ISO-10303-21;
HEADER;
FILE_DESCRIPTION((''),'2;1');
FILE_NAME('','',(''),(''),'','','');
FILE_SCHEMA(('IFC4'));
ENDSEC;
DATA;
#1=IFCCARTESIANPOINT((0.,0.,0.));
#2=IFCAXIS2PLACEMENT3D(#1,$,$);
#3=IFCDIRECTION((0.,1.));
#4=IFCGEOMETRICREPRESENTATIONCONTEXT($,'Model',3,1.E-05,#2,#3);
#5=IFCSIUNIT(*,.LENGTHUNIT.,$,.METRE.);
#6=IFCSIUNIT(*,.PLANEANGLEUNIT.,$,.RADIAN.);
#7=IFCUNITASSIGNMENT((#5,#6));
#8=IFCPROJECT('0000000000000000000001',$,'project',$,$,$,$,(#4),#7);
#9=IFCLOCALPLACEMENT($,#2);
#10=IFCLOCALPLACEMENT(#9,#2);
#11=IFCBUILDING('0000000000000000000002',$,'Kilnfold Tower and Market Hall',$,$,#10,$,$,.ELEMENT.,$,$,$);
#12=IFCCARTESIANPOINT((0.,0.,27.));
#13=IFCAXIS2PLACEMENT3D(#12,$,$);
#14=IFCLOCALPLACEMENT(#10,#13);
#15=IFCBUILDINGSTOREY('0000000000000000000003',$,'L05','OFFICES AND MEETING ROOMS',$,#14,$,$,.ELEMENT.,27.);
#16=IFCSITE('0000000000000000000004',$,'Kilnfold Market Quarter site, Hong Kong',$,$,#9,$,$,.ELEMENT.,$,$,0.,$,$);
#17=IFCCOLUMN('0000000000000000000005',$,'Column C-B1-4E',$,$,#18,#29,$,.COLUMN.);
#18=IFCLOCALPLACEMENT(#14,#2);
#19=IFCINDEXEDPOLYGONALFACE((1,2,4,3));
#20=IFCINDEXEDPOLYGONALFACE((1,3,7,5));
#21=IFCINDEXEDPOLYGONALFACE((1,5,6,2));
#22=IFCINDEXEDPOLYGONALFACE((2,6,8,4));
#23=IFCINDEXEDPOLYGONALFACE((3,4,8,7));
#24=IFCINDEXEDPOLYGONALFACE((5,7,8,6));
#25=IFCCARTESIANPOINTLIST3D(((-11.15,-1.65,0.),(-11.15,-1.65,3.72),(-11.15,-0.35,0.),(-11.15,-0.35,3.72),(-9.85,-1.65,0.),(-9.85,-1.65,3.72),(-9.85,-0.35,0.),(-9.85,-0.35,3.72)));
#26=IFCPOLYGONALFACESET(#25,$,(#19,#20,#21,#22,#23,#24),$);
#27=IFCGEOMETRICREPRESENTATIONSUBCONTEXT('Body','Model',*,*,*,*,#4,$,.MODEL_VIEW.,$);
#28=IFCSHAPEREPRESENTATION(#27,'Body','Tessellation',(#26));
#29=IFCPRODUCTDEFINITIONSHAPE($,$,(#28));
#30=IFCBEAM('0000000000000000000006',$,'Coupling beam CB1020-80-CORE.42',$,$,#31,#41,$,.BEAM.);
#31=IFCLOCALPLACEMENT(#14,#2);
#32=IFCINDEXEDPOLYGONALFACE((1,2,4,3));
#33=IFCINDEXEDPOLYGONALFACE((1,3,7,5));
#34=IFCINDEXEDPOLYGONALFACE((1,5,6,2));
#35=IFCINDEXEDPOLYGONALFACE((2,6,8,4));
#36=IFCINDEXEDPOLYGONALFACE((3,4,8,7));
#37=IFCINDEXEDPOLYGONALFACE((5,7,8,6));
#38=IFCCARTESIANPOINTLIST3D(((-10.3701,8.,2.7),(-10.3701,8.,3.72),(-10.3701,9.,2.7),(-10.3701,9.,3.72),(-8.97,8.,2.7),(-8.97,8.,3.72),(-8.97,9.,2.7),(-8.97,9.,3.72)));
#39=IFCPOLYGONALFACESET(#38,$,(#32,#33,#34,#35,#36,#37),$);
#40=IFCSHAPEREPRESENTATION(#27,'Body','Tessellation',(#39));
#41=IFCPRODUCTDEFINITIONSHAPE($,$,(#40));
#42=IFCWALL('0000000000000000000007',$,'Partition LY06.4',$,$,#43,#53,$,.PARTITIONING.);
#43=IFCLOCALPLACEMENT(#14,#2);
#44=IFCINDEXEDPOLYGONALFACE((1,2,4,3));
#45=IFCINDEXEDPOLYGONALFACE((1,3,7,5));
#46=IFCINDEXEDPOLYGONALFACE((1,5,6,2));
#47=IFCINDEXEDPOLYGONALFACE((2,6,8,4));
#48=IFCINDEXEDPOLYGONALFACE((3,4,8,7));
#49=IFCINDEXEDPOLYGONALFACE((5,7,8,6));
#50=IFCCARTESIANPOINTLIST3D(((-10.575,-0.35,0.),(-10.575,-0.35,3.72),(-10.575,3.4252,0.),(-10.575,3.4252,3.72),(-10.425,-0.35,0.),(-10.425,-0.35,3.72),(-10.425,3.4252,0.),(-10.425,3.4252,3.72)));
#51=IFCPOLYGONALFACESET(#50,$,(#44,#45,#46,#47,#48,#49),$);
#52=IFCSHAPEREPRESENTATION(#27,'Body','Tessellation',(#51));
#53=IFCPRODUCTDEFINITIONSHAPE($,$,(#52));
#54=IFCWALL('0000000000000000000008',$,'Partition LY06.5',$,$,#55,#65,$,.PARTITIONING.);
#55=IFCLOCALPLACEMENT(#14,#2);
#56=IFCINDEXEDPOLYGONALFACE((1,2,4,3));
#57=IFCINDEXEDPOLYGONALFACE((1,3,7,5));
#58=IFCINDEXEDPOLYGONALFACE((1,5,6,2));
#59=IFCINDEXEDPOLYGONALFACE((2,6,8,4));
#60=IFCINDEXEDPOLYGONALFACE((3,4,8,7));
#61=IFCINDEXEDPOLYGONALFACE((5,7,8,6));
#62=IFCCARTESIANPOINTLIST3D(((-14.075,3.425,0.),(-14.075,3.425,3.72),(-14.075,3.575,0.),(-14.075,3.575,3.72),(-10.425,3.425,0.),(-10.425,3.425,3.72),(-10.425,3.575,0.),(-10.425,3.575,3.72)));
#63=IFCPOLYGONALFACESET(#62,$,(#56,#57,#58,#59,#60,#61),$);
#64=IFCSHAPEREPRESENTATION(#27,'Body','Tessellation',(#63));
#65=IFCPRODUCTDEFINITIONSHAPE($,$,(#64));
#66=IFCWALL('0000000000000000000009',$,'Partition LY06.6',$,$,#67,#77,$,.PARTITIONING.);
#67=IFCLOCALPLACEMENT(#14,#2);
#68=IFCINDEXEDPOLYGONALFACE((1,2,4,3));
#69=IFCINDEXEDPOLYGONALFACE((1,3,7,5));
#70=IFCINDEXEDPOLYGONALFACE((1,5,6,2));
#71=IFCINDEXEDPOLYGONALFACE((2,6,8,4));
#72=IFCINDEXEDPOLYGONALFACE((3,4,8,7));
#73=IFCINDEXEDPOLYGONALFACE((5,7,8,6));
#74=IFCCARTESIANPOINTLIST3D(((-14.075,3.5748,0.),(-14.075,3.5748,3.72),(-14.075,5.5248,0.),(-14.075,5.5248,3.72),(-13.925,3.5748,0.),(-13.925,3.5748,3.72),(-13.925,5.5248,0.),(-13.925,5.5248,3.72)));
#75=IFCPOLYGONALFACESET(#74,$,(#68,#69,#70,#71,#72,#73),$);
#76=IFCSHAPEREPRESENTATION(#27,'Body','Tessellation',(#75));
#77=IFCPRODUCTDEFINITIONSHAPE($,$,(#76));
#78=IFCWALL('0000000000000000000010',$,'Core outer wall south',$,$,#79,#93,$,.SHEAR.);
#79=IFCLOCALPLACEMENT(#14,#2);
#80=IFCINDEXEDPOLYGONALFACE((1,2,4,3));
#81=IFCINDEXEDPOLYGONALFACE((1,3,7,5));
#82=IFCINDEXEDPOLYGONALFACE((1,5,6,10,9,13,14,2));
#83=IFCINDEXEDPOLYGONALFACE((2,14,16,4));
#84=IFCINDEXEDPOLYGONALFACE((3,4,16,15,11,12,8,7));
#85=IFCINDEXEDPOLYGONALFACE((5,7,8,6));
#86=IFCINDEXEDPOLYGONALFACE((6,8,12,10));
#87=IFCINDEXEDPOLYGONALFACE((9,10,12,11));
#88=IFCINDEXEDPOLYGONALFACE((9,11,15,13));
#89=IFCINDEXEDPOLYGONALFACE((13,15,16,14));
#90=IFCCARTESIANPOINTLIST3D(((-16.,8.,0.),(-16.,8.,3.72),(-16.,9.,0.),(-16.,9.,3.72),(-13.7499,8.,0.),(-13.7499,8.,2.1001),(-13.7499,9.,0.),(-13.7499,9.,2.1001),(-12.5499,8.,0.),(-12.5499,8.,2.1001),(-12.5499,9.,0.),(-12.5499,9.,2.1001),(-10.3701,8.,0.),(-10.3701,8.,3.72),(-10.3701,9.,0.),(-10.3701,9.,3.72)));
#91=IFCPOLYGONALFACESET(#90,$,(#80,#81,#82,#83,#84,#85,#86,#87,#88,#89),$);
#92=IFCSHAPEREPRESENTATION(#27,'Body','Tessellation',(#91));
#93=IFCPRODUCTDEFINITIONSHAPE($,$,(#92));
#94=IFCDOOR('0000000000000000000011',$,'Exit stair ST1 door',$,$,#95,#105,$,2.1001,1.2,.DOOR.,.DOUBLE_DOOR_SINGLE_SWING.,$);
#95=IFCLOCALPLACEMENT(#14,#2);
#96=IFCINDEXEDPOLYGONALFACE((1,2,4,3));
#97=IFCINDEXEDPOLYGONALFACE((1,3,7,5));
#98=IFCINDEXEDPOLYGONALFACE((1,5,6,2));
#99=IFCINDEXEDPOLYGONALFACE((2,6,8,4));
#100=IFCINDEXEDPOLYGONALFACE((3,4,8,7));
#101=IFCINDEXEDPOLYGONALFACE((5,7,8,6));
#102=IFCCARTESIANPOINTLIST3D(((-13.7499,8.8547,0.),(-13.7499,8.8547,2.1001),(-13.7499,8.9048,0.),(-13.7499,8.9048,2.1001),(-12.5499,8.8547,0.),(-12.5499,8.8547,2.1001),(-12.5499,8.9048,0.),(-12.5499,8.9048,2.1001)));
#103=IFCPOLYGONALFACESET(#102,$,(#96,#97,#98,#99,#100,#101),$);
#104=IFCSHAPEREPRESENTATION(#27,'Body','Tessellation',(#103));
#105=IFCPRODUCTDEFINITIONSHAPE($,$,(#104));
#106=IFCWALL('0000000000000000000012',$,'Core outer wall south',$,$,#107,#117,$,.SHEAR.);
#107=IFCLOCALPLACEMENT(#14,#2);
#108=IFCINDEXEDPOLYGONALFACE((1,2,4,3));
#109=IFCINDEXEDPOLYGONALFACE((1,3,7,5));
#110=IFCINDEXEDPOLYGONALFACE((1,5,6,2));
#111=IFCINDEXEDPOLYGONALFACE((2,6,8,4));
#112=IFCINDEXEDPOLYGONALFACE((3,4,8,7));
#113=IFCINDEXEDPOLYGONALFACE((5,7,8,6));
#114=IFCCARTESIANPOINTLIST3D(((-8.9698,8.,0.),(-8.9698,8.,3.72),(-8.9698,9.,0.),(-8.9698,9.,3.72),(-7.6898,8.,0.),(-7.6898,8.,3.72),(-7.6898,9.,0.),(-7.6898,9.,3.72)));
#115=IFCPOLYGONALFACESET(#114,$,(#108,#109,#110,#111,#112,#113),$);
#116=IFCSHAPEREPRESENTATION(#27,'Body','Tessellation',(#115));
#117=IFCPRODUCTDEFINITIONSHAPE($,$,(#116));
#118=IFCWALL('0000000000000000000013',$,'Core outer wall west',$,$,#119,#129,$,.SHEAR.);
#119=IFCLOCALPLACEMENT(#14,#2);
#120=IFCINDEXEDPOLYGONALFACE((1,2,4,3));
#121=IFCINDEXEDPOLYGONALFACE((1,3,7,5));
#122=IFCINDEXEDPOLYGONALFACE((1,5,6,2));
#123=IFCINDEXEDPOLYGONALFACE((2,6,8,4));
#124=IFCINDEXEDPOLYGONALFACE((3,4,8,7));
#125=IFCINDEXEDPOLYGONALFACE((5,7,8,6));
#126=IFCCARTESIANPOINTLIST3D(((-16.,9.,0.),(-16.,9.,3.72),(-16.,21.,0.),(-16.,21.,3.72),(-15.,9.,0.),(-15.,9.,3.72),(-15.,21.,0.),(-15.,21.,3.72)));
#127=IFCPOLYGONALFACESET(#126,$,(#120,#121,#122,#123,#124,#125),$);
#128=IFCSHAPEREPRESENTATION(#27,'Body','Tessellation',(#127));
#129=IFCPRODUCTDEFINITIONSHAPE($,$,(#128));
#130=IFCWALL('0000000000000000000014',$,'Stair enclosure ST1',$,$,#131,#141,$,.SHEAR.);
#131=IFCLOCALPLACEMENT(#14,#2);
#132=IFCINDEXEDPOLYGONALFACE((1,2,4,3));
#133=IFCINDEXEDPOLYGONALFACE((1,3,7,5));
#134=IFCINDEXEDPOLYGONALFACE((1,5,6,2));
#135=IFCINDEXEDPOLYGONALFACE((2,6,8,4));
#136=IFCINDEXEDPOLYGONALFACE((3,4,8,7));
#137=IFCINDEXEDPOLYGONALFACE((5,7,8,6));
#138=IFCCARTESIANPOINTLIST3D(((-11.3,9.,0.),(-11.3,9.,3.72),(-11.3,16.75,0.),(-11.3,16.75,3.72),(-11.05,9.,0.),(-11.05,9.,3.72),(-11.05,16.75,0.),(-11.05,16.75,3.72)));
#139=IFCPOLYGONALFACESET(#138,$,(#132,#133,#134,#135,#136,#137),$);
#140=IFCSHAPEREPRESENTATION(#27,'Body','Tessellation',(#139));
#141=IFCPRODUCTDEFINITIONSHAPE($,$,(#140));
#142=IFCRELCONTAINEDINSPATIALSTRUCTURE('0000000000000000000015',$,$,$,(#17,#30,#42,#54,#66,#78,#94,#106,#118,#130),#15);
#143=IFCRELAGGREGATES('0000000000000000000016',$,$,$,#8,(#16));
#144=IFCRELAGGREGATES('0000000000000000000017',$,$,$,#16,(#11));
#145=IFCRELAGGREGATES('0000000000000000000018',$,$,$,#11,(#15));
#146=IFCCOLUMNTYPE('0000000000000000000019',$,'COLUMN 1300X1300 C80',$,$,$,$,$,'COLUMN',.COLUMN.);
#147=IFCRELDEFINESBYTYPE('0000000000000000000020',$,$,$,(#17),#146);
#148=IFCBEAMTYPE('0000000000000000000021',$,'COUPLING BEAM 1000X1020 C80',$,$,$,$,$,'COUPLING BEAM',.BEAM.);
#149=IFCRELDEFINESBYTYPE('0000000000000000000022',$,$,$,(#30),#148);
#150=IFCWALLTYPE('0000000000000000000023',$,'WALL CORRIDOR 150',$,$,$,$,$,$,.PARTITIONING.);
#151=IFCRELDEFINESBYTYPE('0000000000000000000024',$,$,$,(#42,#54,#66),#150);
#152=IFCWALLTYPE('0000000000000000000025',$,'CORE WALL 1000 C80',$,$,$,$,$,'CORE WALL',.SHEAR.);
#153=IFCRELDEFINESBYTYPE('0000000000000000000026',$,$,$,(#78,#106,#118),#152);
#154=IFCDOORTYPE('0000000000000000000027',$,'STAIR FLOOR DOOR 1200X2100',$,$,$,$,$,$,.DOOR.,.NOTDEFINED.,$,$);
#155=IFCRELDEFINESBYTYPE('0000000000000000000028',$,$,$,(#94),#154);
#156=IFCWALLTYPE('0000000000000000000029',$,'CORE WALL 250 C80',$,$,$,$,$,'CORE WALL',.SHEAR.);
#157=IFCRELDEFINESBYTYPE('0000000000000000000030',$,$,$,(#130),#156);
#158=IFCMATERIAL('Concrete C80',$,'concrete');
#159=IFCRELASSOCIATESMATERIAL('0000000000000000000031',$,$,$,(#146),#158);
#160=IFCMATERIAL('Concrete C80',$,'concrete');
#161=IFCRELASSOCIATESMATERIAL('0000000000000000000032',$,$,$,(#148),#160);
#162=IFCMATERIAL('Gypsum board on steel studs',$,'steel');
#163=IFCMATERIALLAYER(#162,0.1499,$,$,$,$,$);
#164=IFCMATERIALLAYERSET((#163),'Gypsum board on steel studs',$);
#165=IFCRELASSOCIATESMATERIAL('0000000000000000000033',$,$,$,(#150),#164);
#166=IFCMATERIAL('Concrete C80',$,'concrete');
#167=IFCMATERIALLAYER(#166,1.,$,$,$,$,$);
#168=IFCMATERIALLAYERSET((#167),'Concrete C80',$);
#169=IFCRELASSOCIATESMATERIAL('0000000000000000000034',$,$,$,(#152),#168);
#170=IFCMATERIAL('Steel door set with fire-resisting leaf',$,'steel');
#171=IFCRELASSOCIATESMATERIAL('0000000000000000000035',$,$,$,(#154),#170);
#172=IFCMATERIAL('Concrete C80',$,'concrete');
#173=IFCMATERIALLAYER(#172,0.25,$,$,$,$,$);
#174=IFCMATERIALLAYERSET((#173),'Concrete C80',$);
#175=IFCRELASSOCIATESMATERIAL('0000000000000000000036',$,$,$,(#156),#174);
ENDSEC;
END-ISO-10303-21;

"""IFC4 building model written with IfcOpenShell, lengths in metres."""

from ifc_helpers import new_model, si_unit, direction, frame, frame_2d, origin, origin_2d, place, context, subcontext, project, spatial, rectangle, extrude, source, transform, mapped, material, layer, layer_set, material_profile, profile_set, type_object, element, fill, save


model = new_model("IFC4")

# Units and contexts
model_context = context("Model", 3, precision=1e-05, world=origin(), true_north=direction((0.0, 1.0)))
body_context = subcontext(model_context, "Body", "Model", "MODEL_VIEW")
ifc_project = project(units=[si_unit("LENGTHUNIT", "METRE"), si_unit("PLANEANGLEUNIT", "RADIAN")], contexts=[model_context])

# Site, building, storey
site_placement = place(None, origin())
site = spatial("IfcSite", under=ifc_project, at=site_placement, Name="Kilnfold Market Quarter site, Hong Kong", CompositionType="ELEMENT", RefElevation=0.0)
building_placement = place(site_placement, origin())
building = spatial("IfcBuilding", under=site, at=building_placement, Name="Kilnfold Tower and Market Hall", CompositionType="ELEMENT")
storey_placement = place(building_placement, frame((0.0, 0.0, 27.0)))
storey = spatial("IfcBuildingStorey", under=building, at=storey_placement, Name="L05", Description="OFFICES AND MEETING ROOMS", CompositionType="ELEMENT", Elevation=27.0)

# Column
ifc_material_1 = material(Name="Concrete C80", Category="concrete")
ifc_material_profile_1 = material_profile(ifc_material_1, rectangle(XDim=1.3, YDim=1.3, at=origin_2d()), Name="RC 1300x1300")
ifc_profile_set_1 = profile_set([ifc_material_profile_1], Name="Concrete C80")
column_type = type_object("IfcColumnType", Name="COLUMN 1300X1300 C80", ElementType="COLUMN", PredefinedType="COLUMN", material=ifc_profile_set_1)
shared_shape_1 = source(origin(), body_context, "Body", "SweptSolid", [
    extrude(rectangle(XDim=1.3, YDim=1.3, at=origin_2d()), origin(), (0.0, 0.0, 1.0), 3.72),
])
column_placement = place(storey_placement, frame((-10.5, -1.0, 0.0), z_axis=(0.0, 0.0, 1.0), x_axis=(1.0, 0.0, 0.0)))
element("IfcColumn", 1, at=column_placement, inside=storey, type_object=column_type, Name="Column C-B1-4E", PredefinedType="COLUMN", context=body_context, shape_type="MappedRepresentation", body=[
    mapped(shared_shape_1, transform((0.0, 0.0, 0.0))),
])

# Beam
ifc_material_2 = material(Name="Concrete C80", Category="concrete")
ifc_material_profile_2 = material_profile(ifc_material_2, rectangle(XDim=1.0, YDim=1.02, at=origin_2d()), Name="RC 1000x1020")
ifc_profile_set_2 = profile_set([ifc_material_profile_2], Name="Concrete C80")
beam_type = type_object("IfcBeamType", Name="COUPLING BEAM 1000X1020 C80", ElementType="COUPLING BEAM", PredefinedType="BEAM", material=ifc_profile_set_2)
shared_shape_2 = source(origin(), body_context, "Body", "SweptSolid", [
    extrude(rectangle(XDim=1.0, YDim=1.02, at=origin_2d()), origin(), (0.0, 0.0, 1.0), 1.4001),
])
beam_placement = place(storey_placement, frame((-10.3701, 8.5, 3.21), z_axis=(1.0, 0.0, 0.0), x_axis=(0.0, 1.0, 0.0)))
element("IfcBeam", 2, at=beam_placement, inside=storey, type_object=beam_type, Name="Coupling beam CB1020-80-CORE.42", PredefinedType="BEAM", context=body_context, shape_type="MappedRepresentation", body=[
    mapped(shared_shape_2, transform((0.0, 0.0, 0.0))),
])

# Walls
ifc_material_3 = material(Name="Gypsum board on steel studs", Category="steel")
ifc_layer_1 = layer(ifc_material_3, 0.1499)
ifc_layer_set_1 = layer_set([ifc_layer_1], Name="Gypsum board on steel studs")
wall_type_1 = type_object("IfcWallType", Name="WALL CORRIDOR 150", PredefinedType="PARTITIONING", material=ifc_layer_set_1)
wall_1_placement = place(storey_placement, frame((-10.5, -0.3501, 0.0), z_axis=(0.0, 0.0, 1.0), x_axis=(0.0, 1.0, 0.0)))
element("IfcWall", 3, at=wall_1_placement, inside=storey, type_object=wall_type_1, Name="Partition LY06.4", PredefinedType="PARTITIONING", context=body_context, shape_type="SweptSolid", body=[
    extrude(rectangle(XDim=3.7751, YDim=0.1499, at=frame_2d((1.8877, 0.0))), origin(), (0.0, 0.0, 1.0), 3.72),
])
wall_2_placement = place(storey_placement, frame((-14.075, 3.5, 0.0), z_axis=(0.0, 0.0, 1.0), x_axis=(1.0, 0.0, 0.0)))
element("IfcWall", 4, at=wall_2_placement, inside=storey, type_object=wall_type_1, Name="Partition LY06.5", PredefinedType="PARTITIONING", context=body_context, shape_type="SweptSolid", body=[
    extrude(rectangle(XDim=3.6499, YDim=0.1499, at=frame_2d((1.825, 0.0))), origin(), (0.0, 0.0, 1.0), 3.72),
])
wall_3_placement = place(storey_placement, frame((-14.0, 5.5249, 0.0), z_axis=(0.0, 0.0, 1.0), x_axis=(0.0, -1.0, 0.0)))
element("IfcWall", 5, at=wall_3_placement, inside=storey, type_object=wall_type_1, Name="Partition LY06.6", PredefinedType="PARTITIONING", context=body_context, shape_type="SweptSolid", body=[
    extrude(rectangle(XDim=1.95, YDim=0.1499, at=frame_2d((0.9751, 0.0))), origin(), (0.0, 0.0, 1.0), 3.72),
])

# Wall, opening, door
ifc_material_4 = material(Name="Concrete C80", Category="concrete")
ifc_layer_2 = layer(ifc_material_4, 1.0)
ifc_layer_set_2 = layer_set([ifc_layer_2], Name="Concrete C80")
wall_type_2 = type_object("IfcWallType", Name="CORE WALL 1000 C80", ElementType="CORE WALL", PredefinedType="SHEAR", material=ifc_layer_set_2)
shared_shape_3 = source(origin(), body_context, "Body", "SweptSolid", [
    extrude(rectangle(XDim=5.6299, YDim=1.0, at=frame_2d((2.8149, 0.0))), origin(), (0.0, 0.0, 1.0), 3.72),
])
wall_4_placement = place(storey_placement, frame((-16.0, 8.5, 0.0), z_axis=(0.0, 0.0, 1.0), x_axis=(1.0, 0.0, 0.0)))
wall_4 = element("IfcWall", 6, at=wall_4_placement, inside=storey, type_object=wall_type_2, Name="Core outer wall south", PredefinedType="SHEAR", context=body_context, shape_type="MappedRepresentation", body=[
    mapped(shared_shape_3, transform((0.0, 0.0, 0.0))),
])
opening_1_placement = place(wall_4_placement, frame((2.25, 0.0, 0.0)))
opening_1 = element("IfcOpeningElement", 7, at=opening_1_placement, cuts=wall_4, PredefinedType="OPENING", context=body_context, shape_type="SweptSolid", body=[
    extrude(rectangle(XDim=1.2, YDim=2.1001, at=frame_2d((0.6001, 1.05))), frame((0.0, 0.51, 0.0), z_axis=(0.0, -1.0, 0.0), x_axis=(1.0, 0.0, 0.0)), (0.0, 0.0, 1.0), 1.02),
])
ifc_material_5 = material(Name="Steel door set with fire-resisting leaf", Category="steel")
door_type_1 = type_object("IfcDoorType", Name="STAIR FLOOR DOOR 1200X2100", OperationType="NOTDEFINED", PredefinedType="DOOR", material=ifc_material_5)
door_1_placement = place(opening_1_placement, origin())
door_1 = element("IfcDoor", 8, at=door_1_placement, inside=storey, type_object=door_type_1, Name="Exit stair ST1 door", OperationType="DOUBLE_DOOR_SINGLE_SWING", OverallHeight=2.1001, OverallWidth=1.2, PredefinedType="DOOR", context=body_context, shape_type="SweptSolid", body=[
    extrude(rectangle(XDim=1.2, YDim=2.1001, at=frame_2d((0.6001, 1.05))), frame((0.0, 0.4048, 0.0), z_axis=(0.0, -1.0, 0.0), x_axis=(1.0, 0.0, 0.0)), (0.0, 0.0, 1.0), 0.05),
])
fill(opening_1, door_1)

# Walls
shared_shape_4 = source(origin(), body_context, "Body", "SweptSolid", [
    extrude(rectangle(XDim=1.28, YDim=1.0, at=frame_2d((0.6401, 0.0))), origin(), (0.0, 0.0, 1.0), 3.72),
])
wall_5_placement = place(storey_placement, frame((-8.97, 8.5, 0.0), z_axis=(0.0, 0.0, 1.0), x_axis=(1.0, 0.0, 0.0)))
element("IfcWall", 9, at=wall_5_placement, inside=storey, type_object=wall_type_2, Name="Core outer wall south", PredefinedType="SHEAR", context=body_context, shape_type="MappedRepresentation", body=[
    mapped(shared_shape_4, transform((0.0, 0.0, 0.0))),
])
shared_shape_5 = source(origin(), body_context, "Body", "SweptSolid", [
    extrude(rectangle(XDim=12.0, YDim=1.0, at=frame_2d((6.0, 0.0))), origin(), (0.0, 0.0, 1.0), 3.72),
])
wall_6_placement = place(storey_placement, frame((-15.5, 9.0, 0.0), z_axis=(0.0, 0.0, 1.0), x_axis=(0.0, 1.0, 0.0)))
element("IfcWall", 10, at=wall_6_placement, inside=storey, type_object=wall_type_2, Name="Core outer wall west", PredefinedType="SHEAR", context=body_context, shape_type="MappedRepresentation", body=[
    mapped(shared_shape_5, transform((0.0, 0.0, 0.0))),
])
ifc_material_6 = material(Name="Concrete C80", Category="concrete")
ifc_layer_3 = layer(ifc_material_6, 0.25)
ifc_layer_set_3 = layer_set([ifc_layer_3], Name="Concrete C80")
wall_type_3 = type_object("IfcWallType", Name="CORE WALL 250 C80", ElementType="CORE WALL", PredefinedType="SHEAR", material=ifc_layer_set_3)
shared_shape_6 = source(origin(), body_context, "Body", "SweptSolid", [
    extrude(rectangle(XDim=7.75, YDim=0.25, at=frame_2d((3.875, 0.0))), origin(), (0.0, 0.0, 1.0), 3.72),
])
wall_7_placement = place(storey_placement, frame((-11.175, 9.0, 0.0), z_axis=(0.0, 0.0, 1.0), x_axis=(0.0, 1.0, 0.0)))
element("IfcWall", 11, at=wall_7_placement, inside=storey, type_object=wall_type_3, Name="Stair enclosure ST1", PredefinedType="SHEAR", context=body_context, shape_type="MappedRepresentation", body=[
    mapped(shared_shape_6, transform((0.0, 0.0, 0.0))),
])

save(model, "model.ifc")
